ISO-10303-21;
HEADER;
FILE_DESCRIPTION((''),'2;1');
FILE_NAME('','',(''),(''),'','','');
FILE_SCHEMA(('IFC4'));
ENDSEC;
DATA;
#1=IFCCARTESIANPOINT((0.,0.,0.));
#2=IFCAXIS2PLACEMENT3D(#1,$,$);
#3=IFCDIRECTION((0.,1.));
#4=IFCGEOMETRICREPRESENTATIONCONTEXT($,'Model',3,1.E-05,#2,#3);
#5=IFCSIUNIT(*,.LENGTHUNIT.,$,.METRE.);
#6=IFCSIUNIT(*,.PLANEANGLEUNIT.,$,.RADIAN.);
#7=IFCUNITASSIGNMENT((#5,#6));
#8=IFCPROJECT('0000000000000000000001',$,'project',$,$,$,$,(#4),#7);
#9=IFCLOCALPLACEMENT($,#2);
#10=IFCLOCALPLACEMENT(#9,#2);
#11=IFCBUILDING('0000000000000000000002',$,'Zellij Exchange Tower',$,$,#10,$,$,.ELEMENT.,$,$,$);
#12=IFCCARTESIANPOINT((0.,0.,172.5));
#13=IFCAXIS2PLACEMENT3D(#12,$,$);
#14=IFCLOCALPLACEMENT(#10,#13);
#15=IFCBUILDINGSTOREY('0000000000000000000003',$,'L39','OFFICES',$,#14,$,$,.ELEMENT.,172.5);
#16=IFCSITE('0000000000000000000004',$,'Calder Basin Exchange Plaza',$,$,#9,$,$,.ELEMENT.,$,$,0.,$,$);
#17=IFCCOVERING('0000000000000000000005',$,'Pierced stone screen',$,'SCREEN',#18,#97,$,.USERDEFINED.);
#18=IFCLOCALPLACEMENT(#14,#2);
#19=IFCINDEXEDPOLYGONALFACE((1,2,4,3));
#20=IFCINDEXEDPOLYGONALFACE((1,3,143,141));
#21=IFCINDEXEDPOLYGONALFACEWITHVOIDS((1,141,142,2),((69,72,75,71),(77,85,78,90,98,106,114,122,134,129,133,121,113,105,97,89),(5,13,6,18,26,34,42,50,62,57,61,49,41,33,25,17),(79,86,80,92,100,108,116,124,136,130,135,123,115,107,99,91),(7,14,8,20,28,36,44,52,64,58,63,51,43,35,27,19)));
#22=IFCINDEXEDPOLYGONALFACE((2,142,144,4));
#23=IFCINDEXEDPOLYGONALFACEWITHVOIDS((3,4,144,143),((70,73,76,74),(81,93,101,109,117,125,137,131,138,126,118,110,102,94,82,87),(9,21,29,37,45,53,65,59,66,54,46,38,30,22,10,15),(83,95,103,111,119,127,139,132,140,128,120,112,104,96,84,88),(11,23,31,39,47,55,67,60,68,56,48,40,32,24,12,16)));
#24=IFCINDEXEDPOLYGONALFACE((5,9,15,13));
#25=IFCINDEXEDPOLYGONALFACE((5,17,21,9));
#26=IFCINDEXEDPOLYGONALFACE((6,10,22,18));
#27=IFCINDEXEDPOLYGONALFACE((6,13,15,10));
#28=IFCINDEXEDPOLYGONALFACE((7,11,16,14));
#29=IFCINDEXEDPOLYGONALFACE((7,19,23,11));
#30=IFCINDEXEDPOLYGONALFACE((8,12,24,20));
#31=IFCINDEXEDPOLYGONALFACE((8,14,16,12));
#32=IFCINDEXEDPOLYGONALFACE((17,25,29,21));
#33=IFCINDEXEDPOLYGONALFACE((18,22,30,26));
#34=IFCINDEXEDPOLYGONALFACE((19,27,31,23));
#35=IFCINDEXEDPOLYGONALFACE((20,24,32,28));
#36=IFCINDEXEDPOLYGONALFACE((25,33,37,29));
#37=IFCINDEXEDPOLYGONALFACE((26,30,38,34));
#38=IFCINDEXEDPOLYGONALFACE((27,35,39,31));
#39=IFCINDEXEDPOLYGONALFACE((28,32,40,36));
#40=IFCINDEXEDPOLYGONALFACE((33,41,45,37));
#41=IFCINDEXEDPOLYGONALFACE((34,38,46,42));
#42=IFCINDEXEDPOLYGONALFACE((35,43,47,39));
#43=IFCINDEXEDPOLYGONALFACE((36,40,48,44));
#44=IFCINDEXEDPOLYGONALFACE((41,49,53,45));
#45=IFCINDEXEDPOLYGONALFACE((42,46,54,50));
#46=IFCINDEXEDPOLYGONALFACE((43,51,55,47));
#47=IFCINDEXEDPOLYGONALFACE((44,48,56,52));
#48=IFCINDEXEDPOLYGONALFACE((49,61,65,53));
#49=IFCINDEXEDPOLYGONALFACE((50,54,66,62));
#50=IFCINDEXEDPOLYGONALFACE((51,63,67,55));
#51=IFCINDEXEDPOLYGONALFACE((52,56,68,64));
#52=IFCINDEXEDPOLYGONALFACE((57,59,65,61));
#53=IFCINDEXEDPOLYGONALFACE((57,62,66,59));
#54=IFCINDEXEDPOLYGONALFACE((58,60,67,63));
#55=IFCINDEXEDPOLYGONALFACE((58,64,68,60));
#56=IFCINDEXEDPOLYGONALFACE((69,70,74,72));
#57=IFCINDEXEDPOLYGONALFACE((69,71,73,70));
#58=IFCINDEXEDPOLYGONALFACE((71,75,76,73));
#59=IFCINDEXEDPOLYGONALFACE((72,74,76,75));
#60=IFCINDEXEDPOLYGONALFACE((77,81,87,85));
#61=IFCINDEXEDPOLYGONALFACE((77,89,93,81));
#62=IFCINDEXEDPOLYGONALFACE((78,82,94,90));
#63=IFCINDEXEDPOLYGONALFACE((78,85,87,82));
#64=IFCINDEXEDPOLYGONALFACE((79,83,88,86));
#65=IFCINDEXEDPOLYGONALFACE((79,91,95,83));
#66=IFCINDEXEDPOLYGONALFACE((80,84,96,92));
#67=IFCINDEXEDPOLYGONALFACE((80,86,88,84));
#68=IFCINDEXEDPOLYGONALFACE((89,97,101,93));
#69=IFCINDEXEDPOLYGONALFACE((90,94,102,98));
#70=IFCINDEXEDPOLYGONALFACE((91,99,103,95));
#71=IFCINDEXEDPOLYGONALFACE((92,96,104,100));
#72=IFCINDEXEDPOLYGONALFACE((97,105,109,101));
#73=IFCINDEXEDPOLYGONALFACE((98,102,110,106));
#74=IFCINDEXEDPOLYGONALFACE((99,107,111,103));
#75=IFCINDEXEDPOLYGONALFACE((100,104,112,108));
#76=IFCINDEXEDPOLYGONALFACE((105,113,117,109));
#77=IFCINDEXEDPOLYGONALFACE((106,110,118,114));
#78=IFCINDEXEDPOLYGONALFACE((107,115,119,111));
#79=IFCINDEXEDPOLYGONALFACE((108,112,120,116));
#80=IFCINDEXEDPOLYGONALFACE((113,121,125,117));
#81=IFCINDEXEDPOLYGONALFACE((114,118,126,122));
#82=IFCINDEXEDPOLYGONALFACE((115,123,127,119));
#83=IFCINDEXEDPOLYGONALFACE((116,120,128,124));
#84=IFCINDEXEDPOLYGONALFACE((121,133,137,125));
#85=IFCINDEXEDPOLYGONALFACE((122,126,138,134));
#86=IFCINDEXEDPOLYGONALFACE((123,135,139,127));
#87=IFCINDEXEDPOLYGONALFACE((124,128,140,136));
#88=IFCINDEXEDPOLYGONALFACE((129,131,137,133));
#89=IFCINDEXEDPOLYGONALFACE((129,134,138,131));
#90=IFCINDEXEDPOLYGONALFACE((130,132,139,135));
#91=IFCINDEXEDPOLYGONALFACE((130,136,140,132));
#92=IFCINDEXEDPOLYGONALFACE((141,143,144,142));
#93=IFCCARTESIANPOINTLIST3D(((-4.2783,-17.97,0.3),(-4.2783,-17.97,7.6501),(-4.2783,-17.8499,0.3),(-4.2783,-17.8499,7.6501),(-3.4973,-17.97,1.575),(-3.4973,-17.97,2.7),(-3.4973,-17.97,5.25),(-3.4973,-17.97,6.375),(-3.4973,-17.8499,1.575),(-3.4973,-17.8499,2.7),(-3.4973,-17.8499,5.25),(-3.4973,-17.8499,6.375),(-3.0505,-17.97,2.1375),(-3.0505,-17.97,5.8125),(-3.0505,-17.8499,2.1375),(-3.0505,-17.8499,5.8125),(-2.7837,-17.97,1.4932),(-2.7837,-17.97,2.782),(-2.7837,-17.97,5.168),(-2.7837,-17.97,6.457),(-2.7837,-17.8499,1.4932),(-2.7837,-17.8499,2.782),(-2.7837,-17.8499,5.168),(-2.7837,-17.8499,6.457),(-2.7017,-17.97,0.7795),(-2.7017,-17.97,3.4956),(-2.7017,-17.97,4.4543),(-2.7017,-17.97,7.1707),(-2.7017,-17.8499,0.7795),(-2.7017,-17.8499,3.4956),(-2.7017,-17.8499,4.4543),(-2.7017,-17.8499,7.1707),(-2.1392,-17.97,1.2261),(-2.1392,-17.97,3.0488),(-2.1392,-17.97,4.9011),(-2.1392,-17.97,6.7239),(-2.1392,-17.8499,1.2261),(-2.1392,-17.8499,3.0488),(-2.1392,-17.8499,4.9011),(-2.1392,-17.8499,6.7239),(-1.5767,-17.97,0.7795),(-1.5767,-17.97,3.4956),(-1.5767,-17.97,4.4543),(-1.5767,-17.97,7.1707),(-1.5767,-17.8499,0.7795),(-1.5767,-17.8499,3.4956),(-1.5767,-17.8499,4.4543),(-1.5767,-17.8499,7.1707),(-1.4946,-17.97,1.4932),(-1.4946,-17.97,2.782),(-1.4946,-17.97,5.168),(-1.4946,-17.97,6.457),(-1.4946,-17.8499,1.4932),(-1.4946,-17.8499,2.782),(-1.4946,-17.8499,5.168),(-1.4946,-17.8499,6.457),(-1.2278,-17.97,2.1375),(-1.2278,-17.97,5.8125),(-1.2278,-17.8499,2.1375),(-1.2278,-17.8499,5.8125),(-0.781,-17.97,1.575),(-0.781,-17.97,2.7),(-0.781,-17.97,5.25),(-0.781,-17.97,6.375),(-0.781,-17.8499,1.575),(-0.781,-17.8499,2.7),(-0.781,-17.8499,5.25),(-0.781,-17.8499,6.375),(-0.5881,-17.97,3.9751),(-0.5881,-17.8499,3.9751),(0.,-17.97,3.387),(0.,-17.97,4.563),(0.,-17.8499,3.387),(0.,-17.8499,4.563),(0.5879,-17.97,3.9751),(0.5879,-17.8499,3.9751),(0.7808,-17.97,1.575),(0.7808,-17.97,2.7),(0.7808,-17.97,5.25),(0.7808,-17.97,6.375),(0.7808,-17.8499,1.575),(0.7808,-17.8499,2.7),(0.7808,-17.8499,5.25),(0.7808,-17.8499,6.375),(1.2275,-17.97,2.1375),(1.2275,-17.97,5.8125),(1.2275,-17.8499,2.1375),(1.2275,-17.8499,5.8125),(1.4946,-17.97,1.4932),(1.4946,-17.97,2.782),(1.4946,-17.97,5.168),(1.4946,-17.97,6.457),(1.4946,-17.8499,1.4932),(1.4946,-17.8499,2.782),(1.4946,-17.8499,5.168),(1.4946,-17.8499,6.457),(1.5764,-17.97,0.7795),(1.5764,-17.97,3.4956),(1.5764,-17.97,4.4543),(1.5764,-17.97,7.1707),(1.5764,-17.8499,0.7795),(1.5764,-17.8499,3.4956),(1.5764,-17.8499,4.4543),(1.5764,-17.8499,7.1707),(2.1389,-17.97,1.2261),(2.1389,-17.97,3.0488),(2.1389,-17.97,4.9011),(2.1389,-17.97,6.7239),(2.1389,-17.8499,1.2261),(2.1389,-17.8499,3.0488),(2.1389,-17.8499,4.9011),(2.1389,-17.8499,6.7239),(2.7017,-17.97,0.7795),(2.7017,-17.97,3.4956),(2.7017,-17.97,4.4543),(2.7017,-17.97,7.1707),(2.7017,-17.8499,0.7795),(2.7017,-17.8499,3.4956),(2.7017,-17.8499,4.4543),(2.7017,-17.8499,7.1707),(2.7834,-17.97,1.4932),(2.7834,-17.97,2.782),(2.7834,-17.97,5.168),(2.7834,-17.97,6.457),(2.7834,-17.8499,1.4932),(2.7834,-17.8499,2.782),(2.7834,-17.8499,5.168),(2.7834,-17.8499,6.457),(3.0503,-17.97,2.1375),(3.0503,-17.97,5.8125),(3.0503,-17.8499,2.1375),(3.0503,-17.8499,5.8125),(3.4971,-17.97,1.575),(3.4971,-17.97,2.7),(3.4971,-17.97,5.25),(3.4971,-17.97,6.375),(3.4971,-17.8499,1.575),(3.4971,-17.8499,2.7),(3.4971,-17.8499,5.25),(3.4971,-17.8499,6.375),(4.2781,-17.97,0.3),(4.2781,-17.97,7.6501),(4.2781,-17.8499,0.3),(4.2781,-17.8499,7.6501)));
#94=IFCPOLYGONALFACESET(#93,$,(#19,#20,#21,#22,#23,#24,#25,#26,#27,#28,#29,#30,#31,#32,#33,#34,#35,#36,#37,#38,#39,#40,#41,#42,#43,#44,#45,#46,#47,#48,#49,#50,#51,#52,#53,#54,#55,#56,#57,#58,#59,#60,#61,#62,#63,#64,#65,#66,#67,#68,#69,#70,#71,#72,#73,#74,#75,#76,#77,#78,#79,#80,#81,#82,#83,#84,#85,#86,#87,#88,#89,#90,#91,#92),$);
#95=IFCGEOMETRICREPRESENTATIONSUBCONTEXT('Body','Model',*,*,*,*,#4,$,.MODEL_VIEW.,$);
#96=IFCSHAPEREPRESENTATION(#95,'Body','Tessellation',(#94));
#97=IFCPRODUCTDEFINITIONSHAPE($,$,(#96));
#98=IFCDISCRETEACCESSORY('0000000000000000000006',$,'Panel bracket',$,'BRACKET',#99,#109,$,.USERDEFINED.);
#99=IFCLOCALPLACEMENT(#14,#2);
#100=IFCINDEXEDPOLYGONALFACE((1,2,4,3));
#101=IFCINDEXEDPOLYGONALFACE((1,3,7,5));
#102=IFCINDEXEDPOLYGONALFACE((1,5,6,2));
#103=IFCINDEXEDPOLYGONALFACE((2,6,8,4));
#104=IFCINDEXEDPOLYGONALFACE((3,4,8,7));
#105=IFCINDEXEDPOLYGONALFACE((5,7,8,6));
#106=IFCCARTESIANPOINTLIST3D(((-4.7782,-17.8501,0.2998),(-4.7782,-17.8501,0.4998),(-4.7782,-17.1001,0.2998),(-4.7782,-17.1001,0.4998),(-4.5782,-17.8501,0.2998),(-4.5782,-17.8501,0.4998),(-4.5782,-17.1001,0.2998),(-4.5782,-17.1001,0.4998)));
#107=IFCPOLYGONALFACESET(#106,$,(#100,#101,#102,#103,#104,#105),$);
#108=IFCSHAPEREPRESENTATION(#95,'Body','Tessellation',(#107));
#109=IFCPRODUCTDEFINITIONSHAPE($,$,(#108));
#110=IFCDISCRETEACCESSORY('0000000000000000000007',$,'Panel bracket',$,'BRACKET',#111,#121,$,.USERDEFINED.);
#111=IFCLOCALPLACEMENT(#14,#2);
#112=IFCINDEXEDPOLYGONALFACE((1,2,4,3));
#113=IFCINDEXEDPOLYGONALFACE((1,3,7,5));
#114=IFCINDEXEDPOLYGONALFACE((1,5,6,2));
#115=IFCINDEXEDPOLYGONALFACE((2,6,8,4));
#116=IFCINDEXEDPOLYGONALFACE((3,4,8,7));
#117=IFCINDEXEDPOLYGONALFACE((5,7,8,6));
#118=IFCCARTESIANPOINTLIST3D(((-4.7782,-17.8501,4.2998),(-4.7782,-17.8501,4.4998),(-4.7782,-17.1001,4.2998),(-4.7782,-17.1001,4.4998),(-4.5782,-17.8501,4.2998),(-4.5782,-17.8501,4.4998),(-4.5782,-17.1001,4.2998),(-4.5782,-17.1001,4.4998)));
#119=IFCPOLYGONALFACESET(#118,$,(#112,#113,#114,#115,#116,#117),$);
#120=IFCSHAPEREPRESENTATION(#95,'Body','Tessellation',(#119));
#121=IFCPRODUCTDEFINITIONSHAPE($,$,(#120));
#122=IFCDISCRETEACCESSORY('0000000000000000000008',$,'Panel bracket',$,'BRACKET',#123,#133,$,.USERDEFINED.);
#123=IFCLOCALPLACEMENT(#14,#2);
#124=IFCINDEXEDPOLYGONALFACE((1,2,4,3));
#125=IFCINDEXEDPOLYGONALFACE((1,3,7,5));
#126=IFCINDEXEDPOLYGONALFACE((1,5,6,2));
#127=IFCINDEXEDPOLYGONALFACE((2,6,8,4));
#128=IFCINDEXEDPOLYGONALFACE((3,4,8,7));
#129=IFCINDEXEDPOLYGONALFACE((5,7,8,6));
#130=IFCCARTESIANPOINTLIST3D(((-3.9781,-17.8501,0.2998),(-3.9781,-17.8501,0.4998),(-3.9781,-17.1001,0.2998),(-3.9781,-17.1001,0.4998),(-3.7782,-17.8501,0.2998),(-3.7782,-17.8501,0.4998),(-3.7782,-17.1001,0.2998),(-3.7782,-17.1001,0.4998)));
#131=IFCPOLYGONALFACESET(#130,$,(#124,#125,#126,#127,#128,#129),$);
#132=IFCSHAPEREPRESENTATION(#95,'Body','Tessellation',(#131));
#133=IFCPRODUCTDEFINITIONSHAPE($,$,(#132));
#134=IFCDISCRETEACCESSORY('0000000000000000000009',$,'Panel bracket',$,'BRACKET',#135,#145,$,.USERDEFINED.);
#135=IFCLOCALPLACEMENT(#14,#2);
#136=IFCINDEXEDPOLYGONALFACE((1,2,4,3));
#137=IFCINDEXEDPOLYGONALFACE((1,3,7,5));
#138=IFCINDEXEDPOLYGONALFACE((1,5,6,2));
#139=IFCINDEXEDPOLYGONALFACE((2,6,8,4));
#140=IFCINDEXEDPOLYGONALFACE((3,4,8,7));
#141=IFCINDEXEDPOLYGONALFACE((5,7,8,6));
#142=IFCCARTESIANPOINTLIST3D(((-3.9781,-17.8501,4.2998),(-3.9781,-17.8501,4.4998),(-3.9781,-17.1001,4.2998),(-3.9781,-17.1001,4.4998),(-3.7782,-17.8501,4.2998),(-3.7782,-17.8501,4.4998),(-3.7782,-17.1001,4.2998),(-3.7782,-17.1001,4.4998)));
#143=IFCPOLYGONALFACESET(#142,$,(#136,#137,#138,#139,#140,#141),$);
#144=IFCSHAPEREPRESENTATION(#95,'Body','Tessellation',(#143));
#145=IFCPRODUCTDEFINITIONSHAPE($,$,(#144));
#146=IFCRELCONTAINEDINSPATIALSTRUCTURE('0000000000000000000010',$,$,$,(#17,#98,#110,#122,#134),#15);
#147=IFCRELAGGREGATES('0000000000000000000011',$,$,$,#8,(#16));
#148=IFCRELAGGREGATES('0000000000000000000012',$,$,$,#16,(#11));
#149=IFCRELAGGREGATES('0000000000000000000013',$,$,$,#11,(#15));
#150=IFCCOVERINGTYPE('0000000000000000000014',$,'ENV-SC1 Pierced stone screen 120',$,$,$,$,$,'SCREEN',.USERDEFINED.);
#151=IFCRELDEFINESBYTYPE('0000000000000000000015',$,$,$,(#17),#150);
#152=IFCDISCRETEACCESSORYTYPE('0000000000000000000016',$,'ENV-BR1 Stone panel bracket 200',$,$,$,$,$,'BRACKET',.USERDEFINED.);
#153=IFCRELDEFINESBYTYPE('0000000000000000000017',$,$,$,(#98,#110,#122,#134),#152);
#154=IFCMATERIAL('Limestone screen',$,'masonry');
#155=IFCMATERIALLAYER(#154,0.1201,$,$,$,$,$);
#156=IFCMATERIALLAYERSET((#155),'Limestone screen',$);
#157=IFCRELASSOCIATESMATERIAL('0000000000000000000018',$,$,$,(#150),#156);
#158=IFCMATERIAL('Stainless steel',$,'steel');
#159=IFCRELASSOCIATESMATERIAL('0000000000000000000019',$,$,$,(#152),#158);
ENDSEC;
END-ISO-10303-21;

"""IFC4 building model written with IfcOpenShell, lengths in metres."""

from ifc_helpers import new_model, si_unit, direction, frame, origin, origin_2d, place, context, subcontext, project, spatial, polyline, rectangle, outline, extrude, material, layer, layer_set, type_object, element, save


model = new_model("IFC4")

# Units and contexts
model_context = context("Model", 3, precision=1e-05, world=origin(), true_north=direction((0.0, 1.0)))
body_context = subcontext(model_context, "Body", "Model", "MODEL_VIEW")
ifc_project = project(units=[si_unit("LENGTHUNIT", "METRE"), si_unit("PLANEANGLEUNIT", "RADIAN")], contexts=[model_context])

# Site, building, storey
site_placement = place(None, origin())
site = spatial("IfcSite", under=ifc_project, at=site_placement, Name="Calder Basin Exchange Plaza", CompositionType="ELEMENT", RefElevation=0.0)
building_placement = place(site_placement, origin())
building = spatial("IfcBuilding", under=site, at=building_placement, Name="Zellij Exchange Tower", CompositionType="ELEMENT")
storey_placement = place(building_placement, frame((0.0, 0.0, 172.5)))
storey = spatial("IfcBuildingStorey", under=building, at=storey_placement, Name="L39", Description="OFFICES", CompositionType="ELEMENT", Elevation=172.5)

# Shared definitions
ifc_material_1 = material(Name="Stainless steel", Category="steel")

# Covering
ifc_material_2 = material(Name="Limestone screen", Category="masonry")
ifc_layer_1 = layer(ifc_material_2, 0.1201)
ifc_layer_set_1 = layer_set([ifc_layer_1], Name="Limestone screen")
covering_type = type_object("IfcCoveringType", Name="ENV-SC1 Pierced stone screen 120", ElementType="SCREEN", PredefinedType="USERDEFINED", material=ifc_layer_set_1)
covering_placement = place(storey_placement, frame((-4.2783, -17.9099, 0.3), z_axis=(0.0, 0.0, 1.0), x_axis=(1.0, 0.0, 0.0)))
element("IfcCovering", 1, at=covering_placement, inside=storey, type_object=covering_type, Name="Pierced stone screen", ObjectType="SCREEN", PredefinedType="USERDEFINED", context=body_context, shape_type="SweptSolid", body=[
    extrude(outline(polyline([(0.0, 0.0), (8.5564, 0.0), (8.5564, 7.3501), (0.0, 7.3501), (0.0, 0.0)]), holes=[polyline([(3.4973, 2.3999), (2.7837, 2.4819), (2.7017, 3.1956), (2.1392, 2.7488), (1.5767, 3.1956), (1.4946, 2.4819), (0.781, 2.3999), (1.2278, 1.8374), (0.781, 1.2749), (1.4946, 1.1931), (1.5767, 0.4795), (2.1392, 0.926), (2.7017, 0.4795), (2.7837, 1.1931), (3.4973, 1.2749), (3.0505, 1.8374), (3.4973, 2.3999)]), polyline([(3.4973, 6.075), (2.7837, 6.157), (2.7017, 6.8706), (2.1392, 6.4238), (1.5767, 6.8706), (1.4946, 6.157), (0.781, 6.075), (1.2278, 5.5125), (0.781, 4.95), (1.4946, 4.8679), (1.5767, 4.1543), (2.1392, 4.6011), (2.7017, 4.1543), (2.7837, 4.8679), (3.4973, 4.95), (3.0505, 5.5125), (3.4973, 6.075)]), polyline([(7.7754, 2.3999), (7.0618, 2.4819), (6.98, 3.1956), (6.4172, 2.7488), (5.8547, 3.1956), (5.7729, 2.4819), (5.0591, 2.3999), (5.5059, 1.8374), (5.0591, 1.2749), (5.7729, 1.1931), (5.8547, 0.4795), (6.4172, 0.926), (6.98, 0.4795), (7.0618, 1.1931), (7.7754, 1.2749), (7.3286, 1.8374), (7.7754, 2.3999)]), polyline([(7.7754, 6.075), (7.0618, 6.157), (6.98, 6.8706), (6.4172, 6.4238), (5.8547, 6.8706), (5.7729, 6.157), (5.0591, 6.075), (5.5059, 5.5125), (5.0591, 4.95), (5.7729, 4.8679), (5.8547, 4.1543), (6.4172, 4.6011), (6.98, 4.1543), (7.0618, 4.8679), (7.7754, 4.95), (7.3286, 5.5125), (7.7754, 6.075)]), polyline([(4.8662, 3.675), (4.2783, 4.2629), (3.6902, 3.675), (4.2783, 3.0869), (4.8662, 3.675)])]), frame((0.0, 0.0601, 0.0), z_axis=(0.0, -1.0, 0.0), x_axis=(1.0, 0.0, 0.0)), (0.0, 0.0, 1.0), 0.1201),
])

# Discrete accessories
discrete_accessory_type = type_object("IfcDiscreteAccessoryType", Name="ENV-BR1 Stone panel bracket 200", ElementType="BRACKET", PredefinedType="USERDEFINED", material=ifc_material_1)
for number, where, z_axis, x_axis, name in (
    (2, (-4.6782, -17.4751, 0.2998), (0.0, 0.0, 1.0), (1.0, 0.0, 0.0), "Panel bracket"),
    (3, (-4.6782, -17.4751, 4.2998), (0.0, 0.0, 1.0), (1.0, 0.0, 0.0), "Panel bracket"),
    (4, (-3.8782, -17.4751, 0.2998), (0.0, 0.0, 1.0), (1.0, 0.0, 0.0), "Panel bracket"),
    (5, (-3.8782, -17.4751, 4.2998), (0.0, 0.0, 1.0), (1.0, 0.0, 0.0), "Panel bracket"),
):
    element("IfcDiscreteAccessory", number, at=place(storey_placement, frame(where, z_axis=z_axis, x_axis=x_axis)), inside=storey, type_object=discrete_accessory_type, Name=name, ObjectType="BRACKET", PredefinedType="USERDEFINED", context=body_context, shape_type="SweptSolid", body=[
        extrude(rectangle(XDim=0.2, YDim=0.75, at=origin_2d()), origin(), (0.0, 0.0, 1.0), 0.2),
    ])

save(model, "model.ifc")
